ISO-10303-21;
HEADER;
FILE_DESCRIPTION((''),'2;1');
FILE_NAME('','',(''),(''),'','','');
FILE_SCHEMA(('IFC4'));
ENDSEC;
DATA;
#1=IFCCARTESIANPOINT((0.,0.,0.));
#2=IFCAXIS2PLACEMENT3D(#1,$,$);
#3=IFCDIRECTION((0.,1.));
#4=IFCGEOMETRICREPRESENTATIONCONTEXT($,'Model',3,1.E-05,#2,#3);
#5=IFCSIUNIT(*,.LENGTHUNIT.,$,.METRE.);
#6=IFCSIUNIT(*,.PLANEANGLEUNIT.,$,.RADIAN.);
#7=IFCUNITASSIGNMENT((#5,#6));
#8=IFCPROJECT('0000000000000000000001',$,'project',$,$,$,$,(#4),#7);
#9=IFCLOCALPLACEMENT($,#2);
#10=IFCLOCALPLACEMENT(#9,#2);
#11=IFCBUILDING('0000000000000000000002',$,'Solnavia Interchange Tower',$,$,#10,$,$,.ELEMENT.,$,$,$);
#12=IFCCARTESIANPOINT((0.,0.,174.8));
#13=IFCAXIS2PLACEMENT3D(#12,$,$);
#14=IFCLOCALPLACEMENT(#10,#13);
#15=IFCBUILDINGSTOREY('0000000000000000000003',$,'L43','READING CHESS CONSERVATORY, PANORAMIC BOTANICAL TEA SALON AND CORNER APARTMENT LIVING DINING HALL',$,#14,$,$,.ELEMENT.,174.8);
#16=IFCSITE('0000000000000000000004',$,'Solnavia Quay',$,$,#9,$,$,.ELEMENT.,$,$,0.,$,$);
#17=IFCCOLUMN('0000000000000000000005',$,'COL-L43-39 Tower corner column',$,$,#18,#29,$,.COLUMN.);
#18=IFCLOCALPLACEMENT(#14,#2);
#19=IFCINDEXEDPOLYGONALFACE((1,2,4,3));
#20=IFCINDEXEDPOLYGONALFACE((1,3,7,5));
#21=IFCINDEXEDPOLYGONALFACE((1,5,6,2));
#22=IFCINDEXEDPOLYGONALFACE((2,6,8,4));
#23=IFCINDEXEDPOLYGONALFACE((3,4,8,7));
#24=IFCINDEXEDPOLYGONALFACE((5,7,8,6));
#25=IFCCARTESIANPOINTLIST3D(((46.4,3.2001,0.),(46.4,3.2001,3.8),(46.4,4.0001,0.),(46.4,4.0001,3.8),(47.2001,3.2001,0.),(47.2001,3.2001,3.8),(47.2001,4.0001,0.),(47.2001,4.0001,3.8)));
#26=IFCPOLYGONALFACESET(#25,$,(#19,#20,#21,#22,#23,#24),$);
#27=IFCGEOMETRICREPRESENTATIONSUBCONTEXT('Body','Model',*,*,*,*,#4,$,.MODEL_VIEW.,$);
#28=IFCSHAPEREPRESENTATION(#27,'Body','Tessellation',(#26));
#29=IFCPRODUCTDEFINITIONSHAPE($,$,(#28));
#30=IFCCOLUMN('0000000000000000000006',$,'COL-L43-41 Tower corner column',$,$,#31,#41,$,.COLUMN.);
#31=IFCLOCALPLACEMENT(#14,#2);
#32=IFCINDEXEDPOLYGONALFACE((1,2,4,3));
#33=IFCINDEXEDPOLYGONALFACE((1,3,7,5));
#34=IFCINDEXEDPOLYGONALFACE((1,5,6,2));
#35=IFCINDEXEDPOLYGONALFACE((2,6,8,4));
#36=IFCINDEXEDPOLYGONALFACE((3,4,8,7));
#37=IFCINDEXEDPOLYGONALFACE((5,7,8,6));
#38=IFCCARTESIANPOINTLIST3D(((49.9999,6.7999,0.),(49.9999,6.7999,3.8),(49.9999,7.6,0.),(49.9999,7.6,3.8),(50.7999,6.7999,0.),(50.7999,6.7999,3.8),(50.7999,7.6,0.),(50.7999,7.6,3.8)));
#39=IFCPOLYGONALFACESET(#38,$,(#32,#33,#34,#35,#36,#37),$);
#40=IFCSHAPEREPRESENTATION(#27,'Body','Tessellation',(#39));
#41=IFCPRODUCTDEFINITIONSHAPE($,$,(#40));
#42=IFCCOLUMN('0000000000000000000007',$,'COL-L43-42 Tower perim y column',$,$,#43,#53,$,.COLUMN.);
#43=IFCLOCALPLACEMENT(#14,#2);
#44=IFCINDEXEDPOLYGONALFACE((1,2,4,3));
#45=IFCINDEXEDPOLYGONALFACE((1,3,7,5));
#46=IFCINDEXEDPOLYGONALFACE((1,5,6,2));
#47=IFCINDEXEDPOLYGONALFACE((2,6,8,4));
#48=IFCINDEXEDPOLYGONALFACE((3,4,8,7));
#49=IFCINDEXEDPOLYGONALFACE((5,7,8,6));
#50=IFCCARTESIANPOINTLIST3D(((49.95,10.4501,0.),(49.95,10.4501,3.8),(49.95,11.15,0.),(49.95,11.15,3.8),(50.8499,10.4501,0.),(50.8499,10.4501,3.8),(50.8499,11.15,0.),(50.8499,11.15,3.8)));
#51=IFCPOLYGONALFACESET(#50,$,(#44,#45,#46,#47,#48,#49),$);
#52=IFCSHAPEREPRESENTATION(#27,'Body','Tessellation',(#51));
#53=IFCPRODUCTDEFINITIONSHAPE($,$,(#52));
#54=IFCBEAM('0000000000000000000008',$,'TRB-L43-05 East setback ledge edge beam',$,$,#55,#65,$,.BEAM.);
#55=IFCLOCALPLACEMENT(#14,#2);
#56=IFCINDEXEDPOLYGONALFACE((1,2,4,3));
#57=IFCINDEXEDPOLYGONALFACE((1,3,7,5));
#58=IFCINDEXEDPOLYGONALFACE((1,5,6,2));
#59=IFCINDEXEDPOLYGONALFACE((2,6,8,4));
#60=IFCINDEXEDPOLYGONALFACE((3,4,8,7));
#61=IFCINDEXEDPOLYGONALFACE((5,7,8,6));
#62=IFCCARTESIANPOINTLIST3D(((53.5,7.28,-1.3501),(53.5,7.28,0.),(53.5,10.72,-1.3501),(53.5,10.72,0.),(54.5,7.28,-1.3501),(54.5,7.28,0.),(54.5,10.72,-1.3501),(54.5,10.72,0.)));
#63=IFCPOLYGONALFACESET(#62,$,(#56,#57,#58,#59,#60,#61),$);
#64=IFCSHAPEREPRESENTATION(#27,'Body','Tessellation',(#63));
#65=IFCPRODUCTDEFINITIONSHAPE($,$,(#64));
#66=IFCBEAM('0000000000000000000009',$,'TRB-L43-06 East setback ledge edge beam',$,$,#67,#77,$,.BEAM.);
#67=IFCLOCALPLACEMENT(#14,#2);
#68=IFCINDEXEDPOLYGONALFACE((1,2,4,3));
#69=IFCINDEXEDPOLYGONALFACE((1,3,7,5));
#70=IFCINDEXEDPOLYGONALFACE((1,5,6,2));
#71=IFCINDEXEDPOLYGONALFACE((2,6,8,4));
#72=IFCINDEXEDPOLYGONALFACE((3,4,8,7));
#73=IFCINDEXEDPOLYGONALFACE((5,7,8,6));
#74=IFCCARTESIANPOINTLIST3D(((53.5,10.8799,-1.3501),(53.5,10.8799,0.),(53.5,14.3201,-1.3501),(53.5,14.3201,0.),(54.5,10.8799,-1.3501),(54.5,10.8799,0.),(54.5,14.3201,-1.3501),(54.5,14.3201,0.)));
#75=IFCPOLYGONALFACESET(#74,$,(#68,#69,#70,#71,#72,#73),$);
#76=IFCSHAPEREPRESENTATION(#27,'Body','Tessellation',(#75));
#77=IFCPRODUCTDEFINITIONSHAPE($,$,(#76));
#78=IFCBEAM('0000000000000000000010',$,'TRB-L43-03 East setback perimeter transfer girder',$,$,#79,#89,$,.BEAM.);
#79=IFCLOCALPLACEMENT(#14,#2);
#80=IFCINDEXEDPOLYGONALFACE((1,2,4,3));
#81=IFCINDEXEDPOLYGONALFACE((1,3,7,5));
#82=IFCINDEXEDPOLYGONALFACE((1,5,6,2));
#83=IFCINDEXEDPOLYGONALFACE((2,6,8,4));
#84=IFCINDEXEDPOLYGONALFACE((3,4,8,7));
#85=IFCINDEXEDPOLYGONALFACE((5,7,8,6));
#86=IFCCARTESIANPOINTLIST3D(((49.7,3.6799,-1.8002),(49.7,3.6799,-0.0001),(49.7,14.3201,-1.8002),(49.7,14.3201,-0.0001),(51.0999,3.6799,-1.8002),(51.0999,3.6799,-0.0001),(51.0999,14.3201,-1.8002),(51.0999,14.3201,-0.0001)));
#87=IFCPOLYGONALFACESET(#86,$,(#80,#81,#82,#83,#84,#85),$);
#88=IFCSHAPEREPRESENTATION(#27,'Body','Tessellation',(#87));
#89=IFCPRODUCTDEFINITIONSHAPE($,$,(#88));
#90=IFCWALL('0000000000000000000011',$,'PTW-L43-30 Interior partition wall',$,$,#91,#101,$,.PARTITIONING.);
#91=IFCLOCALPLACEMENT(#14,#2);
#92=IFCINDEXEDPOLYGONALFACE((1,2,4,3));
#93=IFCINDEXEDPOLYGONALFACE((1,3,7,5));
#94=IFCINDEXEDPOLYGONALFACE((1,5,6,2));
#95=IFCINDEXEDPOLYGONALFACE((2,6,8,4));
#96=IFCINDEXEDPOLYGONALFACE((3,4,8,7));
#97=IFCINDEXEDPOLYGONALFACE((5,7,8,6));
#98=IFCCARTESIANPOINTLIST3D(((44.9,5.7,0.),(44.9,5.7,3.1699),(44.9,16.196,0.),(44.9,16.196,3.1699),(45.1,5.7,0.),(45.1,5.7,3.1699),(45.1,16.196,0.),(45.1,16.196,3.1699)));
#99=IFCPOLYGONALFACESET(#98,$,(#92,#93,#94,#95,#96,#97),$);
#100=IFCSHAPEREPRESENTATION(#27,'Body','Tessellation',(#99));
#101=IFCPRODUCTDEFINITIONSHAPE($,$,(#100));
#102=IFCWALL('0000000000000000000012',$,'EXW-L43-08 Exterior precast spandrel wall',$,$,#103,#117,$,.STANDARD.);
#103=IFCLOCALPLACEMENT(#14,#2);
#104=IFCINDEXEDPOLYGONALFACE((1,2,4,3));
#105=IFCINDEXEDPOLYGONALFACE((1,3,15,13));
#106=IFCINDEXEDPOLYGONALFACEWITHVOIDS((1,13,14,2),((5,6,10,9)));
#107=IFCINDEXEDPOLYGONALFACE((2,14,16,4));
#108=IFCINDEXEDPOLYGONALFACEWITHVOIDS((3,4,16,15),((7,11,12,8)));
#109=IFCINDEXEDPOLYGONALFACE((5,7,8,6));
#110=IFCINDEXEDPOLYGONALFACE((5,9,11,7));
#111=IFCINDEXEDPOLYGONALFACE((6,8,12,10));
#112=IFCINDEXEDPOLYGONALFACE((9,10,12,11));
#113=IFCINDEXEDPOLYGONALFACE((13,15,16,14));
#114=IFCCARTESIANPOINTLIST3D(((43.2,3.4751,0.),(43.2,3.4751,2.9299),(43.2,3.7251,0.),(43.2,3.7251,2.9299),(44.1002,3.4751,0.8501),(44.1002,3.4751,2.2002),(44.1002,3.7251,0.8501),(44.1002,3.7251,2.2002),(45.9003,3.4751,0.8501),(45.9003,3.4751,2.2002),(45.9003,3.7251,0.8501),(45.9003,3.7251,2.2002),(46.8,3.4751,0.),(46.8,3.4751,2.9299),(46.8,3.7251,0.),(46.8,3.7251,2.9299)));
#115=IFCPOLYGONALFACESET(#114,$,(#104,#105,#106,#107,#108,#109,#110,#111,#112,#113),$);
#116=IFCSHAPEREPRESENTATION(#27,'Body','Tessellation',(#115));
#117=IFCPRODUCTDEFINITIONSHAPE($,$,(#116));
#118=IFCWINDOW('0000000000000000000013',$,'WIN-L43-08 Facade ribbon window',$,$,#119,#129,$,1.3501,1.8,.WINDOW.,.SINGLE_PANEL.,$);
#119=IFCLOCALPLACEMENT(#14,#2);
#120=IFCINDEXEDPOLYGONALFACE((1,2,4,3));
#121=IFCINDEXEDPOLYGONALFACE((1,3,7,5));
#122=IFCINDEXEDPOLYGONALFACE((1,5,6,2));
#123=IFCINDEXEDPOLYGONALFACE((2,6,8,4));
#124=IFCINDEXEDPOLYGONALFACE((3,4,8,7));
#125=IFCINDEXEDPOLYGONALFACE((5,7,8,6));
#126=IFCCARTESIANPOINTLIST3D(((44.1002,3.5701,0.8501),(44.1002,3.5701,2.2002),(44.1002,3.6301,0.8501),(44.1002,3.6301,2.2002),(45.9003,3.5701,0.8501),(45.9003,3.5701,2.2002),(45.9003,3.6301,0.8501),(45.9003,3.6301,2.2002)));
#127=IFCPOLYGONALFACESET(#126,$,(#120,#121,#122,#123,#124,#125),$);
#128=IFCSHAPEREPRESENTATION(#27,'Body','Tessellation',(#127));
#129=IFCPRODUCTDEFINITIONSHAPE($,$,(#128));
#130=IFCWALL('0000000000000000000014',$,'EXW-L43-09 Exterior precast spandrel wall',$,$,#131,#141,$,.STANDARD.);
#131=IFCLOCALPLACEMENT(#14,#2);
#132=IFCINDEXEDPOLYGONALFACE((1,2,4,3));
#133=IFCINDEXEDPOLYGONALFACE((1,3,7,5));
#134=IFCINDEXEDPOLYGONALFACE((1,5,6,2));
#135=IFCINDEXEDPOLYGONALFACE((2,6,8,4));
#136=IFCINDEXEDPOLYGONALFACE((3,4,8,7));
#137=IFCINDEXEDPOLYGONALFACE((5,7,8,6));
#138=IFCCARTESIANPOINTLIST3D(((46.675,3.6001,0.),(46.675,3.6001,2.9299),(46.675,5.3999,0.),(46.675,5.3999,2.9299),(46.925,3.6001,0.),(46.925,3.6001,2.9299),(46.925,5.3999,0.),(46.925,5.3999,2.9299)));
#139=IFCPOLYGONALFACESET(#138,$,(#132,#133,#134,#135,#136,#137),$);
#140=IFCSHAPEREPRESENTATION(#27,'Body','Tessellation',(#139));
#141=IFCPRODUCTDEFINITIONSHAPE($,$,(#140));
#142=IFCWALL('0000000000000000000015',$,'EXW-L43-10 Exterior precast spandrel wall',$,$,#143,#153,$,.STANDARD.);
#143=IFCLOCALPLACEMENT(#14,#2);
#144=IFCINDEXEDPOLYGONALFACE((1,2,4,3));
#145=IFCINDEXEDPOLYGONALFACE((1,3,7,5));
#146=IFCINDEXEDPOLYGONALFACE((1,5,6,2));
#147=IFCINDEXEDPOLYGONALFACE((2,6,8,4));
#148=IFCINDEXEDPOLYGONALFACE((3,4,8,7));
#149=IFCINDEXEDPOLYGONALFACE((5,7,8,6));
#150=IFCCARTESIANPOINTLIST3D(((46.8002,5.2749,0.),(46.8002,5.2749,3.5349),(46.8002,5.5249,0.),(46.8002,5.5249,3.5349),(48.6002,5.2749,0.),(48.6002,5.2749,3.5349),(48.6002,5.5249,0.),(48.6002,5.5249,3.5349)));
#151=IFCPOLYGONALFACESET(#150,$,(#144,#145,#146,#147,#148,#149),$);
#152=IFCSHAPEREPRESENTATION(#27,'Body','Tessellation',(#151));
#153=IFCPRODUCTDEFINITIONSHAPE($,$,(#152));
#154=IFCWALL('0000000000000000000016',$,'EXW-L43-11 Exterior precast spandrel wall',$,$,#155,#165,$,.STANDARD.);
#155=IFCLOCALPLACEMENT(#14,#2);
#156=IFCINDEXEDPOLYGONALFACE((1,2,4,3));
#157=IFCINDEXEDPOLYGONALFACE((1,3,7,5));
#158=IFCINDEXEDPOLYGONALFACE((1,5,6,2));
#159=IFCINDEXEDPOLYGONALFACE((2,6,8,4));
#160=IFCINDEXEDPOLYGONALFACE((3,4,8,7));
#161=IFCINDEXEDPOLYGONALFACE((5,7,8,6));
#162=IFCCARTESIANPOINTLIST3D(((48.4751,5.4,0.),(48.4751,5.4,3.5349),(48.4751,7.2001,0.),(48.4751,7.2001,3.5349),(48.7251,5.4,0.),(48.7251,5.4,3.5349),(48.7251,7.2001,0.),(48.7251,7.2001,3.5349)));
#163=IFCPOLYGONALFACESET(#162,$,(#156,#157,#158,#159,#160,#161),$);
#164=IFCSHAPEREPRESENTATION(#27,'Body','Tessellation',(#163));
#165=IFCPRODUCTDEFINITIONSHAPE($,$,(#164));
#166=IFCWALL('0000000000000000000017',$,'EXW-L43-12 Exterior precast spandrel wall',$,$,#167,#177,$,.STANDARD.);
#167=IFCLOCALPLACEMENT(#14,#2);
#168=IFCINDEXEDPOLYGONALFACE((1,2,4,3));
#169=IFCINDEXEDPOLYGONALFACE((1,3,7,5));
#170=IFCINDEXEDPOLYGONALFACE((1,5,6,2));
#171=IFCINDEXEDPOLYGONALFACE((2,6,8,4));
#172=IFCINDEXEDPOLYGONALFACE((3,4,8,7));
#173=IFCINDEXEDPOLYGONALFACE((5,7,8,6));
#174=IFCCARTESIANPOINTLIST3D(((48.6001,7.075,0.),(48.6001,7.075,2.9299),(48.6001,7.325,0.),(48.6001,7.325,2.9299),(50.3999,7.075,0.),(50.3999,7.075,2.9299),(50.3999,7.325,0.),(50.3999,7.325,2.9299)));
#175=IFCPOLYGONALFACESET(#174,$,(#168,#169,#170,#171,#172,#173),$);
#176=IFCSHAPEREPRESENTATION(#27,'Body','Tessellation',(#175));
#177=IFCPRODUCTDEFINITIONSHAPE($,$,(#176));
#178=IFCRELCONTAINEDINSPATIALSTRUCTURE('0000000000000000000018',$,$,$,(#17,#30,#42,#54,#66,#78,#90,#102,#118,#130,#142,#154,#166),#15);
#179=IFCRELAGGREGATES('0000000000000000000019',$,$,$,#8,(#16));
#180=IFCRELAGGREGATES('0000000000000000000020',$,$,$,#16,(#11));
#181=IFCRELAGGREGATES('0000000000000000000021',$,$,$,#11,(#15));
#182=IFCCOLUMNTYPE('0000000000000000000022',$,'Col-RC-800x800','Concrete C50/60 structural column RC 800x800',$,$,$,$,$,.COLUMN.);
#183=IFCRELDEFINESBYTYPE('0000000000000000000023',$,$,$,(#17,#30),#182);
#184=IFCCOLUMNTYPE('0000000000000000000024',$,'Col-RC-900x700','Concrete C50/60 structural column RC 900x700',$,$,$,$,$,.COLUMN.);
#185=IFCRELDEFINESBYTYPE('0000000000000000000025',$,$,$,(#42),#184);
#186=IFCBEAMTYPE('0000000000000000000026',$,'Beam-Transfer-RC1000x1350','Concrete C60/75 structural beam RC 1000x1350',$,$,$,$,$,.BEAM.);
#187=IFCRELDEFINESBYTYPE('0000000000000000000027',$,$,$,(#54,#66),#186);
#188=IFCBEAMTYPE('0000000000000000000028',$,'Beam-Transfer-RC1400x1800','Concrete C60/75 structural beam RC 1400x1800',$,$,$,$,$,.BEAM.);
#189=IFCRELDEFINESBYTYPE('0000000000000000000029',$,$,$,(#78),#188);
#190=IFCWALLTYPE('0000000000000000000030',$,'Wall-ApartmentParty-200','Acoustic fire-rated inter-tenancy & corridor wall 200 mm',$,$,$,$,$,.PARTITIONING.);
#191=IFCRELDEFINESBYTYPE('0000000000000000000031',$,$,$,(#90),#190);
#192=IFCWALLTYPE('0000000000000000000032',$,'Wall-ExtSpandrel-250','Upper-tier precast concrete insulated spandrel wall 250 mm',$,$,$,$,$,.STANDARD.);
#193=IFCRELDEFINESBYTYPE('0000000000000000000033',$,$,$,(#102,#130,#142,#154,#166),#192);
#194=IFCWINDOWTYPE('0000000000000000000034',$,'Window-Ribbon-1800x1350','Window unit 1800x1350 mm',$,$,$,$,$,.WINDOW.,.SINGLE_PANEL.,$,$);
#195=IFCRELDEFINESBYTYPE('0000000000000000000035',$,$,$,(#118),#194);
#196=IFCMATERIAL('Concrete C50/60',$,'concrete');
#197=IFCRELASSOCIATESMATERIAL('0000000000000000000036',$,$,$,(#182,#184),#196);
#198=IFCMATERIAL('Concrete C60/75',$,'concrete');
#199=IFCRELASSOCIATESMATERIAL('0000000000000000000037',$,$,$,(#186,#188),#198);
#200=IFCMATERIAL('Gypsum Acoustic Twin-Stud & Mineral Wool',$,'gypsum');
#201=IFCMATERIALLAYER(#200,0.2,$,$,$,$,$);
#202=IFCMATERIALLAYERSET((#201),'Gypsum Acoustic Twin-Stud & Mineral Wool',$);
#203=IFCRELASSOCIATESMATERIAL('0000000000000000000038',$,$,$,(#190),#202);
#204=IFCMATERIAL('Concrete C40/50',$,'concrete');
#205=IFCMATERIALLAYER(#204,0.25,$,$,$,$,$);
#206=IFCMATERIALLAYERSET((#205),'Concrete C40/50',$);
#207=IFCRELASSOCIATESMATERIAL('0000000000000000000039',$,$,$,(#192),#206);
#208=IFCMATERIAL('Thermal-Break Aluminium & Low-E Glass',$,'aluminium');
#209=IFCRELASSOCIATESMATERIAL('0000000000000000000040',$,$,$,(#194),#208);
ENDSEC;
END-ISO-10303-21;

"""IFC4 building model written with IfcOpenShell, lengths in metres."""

from ifc_helpers import new_model, si_unit, direction, frame, frame_2d, origin, origin_2d, place, context, subcontext, project, spatial, rectangle, extrude, material, layer, layer_set, material_profile, profile_set, type_object, element, fill, save


model = new_model("IFC4")

# Units and contexts
model_context = context("Model", 3, precision=1e-05, world=origin(), true_north=direction((0.0, 1.0)))
body_context = subcontext(model_context, "Body", "Model", "MODEL_VIEW")
ifc_project = project(units=[si_unit("LENGTHUNIT", "METRE"), si_unit("PLANEANGLEUNIT", "RADIAN")], contexts=[model_context])

# Site, building, storey
site_placement = place(None, origin())
site = spatial("IfcSite", under=ifc_project, at=site_placement, Name="Solnavia Quay", CompositionType="ELEMENT", RefElevation=0.0)
building_placement = place(site_placement, origin())
building = spatial("IfcBuilding", under=site, at=building_placement, Name="Solnavia Interchange Tower", CompositionType="ELEMENT")
storey_placement = place(building_placement, frame((0.0, 0.0, 174.8)))
storey = spatial("IfcBuildingStorey", under=building, at=storey_placement, Name="L43", Description="READING CHESS CONSERVATORY, PANORAMIC BOTANICAL TEA SALON AND CORNER APARTMENT LIVING DINING HALL", CompositionType="ELEMENT", Elevation=174.8)

# Columns
ifc_material_1 = material(Name="Concrete C50/60", Category="concrete")
ifc_material_profile_1 = material_profile(ifc_material_1, rectangle(XDim=0.8, YDim=0.8, at=origin_2d()), Name="RC 800x800")
ifc_profile_set_1 = profile_set([ifc_material_profile_1], Name="Concrete C50/60")
column_type_1 = type_object("IfcColumnType", Name="Col-RC-800x800", Description="Concrete C50/60 structural column RC 800x800", PredefinedType="COLUMN", material=ifc_profile_set_1)
for number, where, z_axis, x_axis, name in (
    (1, (46.8, 3.6001, 0.0), (0.0, 0.0, 1.0), (1.0, 0.0, 0.0), "COL-L43-39 Tower corner column"),
    (2, (50.3999, 7.2, 0.0), (0.0, 0.0, 1.0), (1.0, 0.0, 0.0), "COL-L43-41 Tower corner column"),
):
    element("IfcColumn", number, at=place(storey_placement, frame(where, z_axis=z_axis, x_axis=x_axis)), inside=storey, type_object=column_type_1, Name=name, PredefinedType="COLUMN", context=body_context, shape_type="SweptSolid", body=[
        extrude(rectangle(XDim=0.8, YDim=0.8, at=origin_2d()), origin(), (0.0, 0.0, 1.0), 3.8),
    ])
ifc_material_profile_2 = material_profile(ifc_material_1, rectangle(XDim=0.7, YDim=0.8999, at=origin_2d()), Name="RC 900x700")
ifc_profile_set_2 = profile_set([ifc_material_profile_2], Name="Concrete C50/60")
column_type_2 = type_object("IfcColumnType", Name="Col-RC-900x700", Description="Concrete C50/60 structural column RC 900x700", PredefinedType="COLUMN", material=ifc_profile_set_2)
column_placement = place(storey_placement, frame((50.3999, 10.8, 0.0), z_axis=(0.0, 0.0, 1.0), x_axis=(0.0, 1.0, 0.0)))
element("IfcColumn", 3, at=column_placement, inside=storey, type_object=column_type_2, Name="COL-L43-42 Tower perim y column", PredefinedType="COLUMN", context=body_context, shape_type="SweptSolid", body=[
    extrude(rectangle(XDim=0.7, YDim=0.8999, at=origin_2d()), origin(), (0.0, 0.0, 1.0), 3.8),
])

# Beams
ifc_material_2 = material(Name="Concrete C60/75", Category="concrete")
ifc_material_profile_3 = material_profile(ifc_material_2, rectangle(XDim=1.0, YDim=1.3501, at=origin_2d()), Name="RC 1000x1350")
ifc_profile_set_3 = profile_set([ifc_material_profile_3], Name="Concrete C60/75")
beam_type_1 = type_object("IfcBeamType", Name="Beam-Transfer-RC1000x1350", Description="Concrete C60/75 structural beam RC 1000x1350", PredefinedType="BEAM", material=ifc_profile_set_3)
beam_1_placement = place(storey_placement, frame((54.0, 7.28, -0.675), z_axis=(0.0, 1.0, 0.0), x_axis=(-1.0, 0.0, 0.0)))
element("IfcBeam", 4, at=beam_1_placement, inside=storey, type_object=beam_type_1, Name="TRB-L43-05 East setback ledge edge beam", PredefinedType="BEAM", context=body_context, shape_type="SweptSolid", body=[
    extrude(rectangle(XDim=1.0, YDim=1.3501, at=origin_2d()), origin(), (0.0, 0.0, 1.0), 3.4399),
])
beam_2_placement = place(storey_placement, frame((54.0, 10.8799, -0.675), z_axis=(0.0, 1.0, 0.0), x_axis=(-1.0, 0.0, 0.0)))
element("IfcBeam", 5, at=beam_2_placement, inside=storey, type_object=beam_type_1, Name="TRB-L43-06 East setback ledge edge beam", PredefinedType="BEAM", context=body_context, shape_type="SweptSolid", body=[
    extrude(rectangle(XDim=1.0, YDim=1.3501, at=origin_2d()), origin(), (0.0, 0.0, 1.0), 3.4402),
])
ifc_material_profile_4 = material_profile(ifc_material_2, rectangle(XDim=1.3999, YDim=1.8, at=origin_2d()), Name="RC 1400x1800")
ifc_profile_set_4 = profile_set([ifc_material_profile_4], Name="Concrete C60/75")
beam_type_2 = type_object("IfcBeamType", Name="Beam-Transfer-RC1400x1800", Description="Concrete C60/75 structural beam RC 1400x1800", PredefinedType="BEAM", material=ifc_profile_set_4)
beam_3_placement = place(storey_placement, frame((50.3999, 3.6799, -0.9001), z_axis=(0.0, 1.0, 0.0), x_axis=(-1.0, 0.0, 0.0)))
element("IfcBeam", 6, at=beam_3_placement, inside=storey, type_object=beam_type_2, Name="TRB-L43-03 East setback perimeter transfer girder", PredefinedType="BEAM", context=body_context, shape_type="SweptSolid", body=[
    extrude(rectangle(XDim=1.3999, YDim=1.8, at=origin_2d()), origin(), (0.0, 0.0, 1.0), 10.6401),
])

# Wall
ifc_material_3 = material(Name="Gypsum Acoustic Twin-Stud & Mineral Wool", Category="gypsum")
ifc_layer_1 = layer(ifc_material_3, 0.2)
ifc_layer_set_1 = layer_set([ifc_layer_1], Name="Gypsum Acoustic Twin-Stud & Mineral Wool")
wall_type_1 = type_object("IfcWallType", Name="Wall-ApartmentParty-200", Description="Acoustic fire-rated inter-tenancy & corridor wall 200 mm", PredefinedType="PARTITIONING", material=ifc_layer_set_1)
wall_1_placement = place(storey_placement, frame((45.0, 5.7, 0.0), z_axis=(0.0, 0.0, 1.0), x_axis=(0.0, 1.0, 0.0)))
element("IfcWall", 7, at=wall_1_placement, inside=storey, type_object=wall_type_1, Name="PTW-L43-30 Interior partition wall", PredefinedType="PARTITIONING", context=body_context, shape_type="SweptSolid", body=[
    extrude(rectangle(XDim=10.4961, YDim=0.2, at=frame_2d((5.248, 0.0))), origin(), (0.0, 0.0, 1.0), 3.1699),
])

# Wall, opening, window
ifc_material_4 = material(Name="Concrete C40/50", Category="concrete")
ifc_layer_2 = layer(ifc_material_4, 0.25)
ifc_layer_set_2 = layer_set([ifc_layer_2], Name="Concrete C40/50")
wall_type_2 = type_object("IfcWallType", Name="Wall-ExtSpandrel-250", Description="Upper-tier precast concrete insulated spandrel wall 250 mm", PredefinedType="STANDARD", material=ifc_layer_set_2)
wall_2_placement = place(storey_placement, frame((46.8, 3.6001, 0.0), z_axis=(0.0, 0.0, 1.0), x_axis=(-1.0, 0.0, 0.0)))
wall_2 = element("IfcWall", 8, at=wall_2_placement, inside=storey, type_object=wall_type_2, Name="EXW-L43-08 Exterior precast spandrel wall", PredefinedType="STANDARD", context=body_context, shape_type="SweptSolid", body=[
    extrude(rectangle(XDim=3.6001, YDim=0.25, at=frame_2d((1.8, 0.0))), origin(), (0.0, 0.0, 1.0), 2.9299),
])
opening_1_placement = place(wall_2_placement, frame((0.8999, 0.0, 0.8501)))
opening_1 = element("IfcOpeningElement", 9, at=opening_1_placement, cuts=wall_2, PredefinedType="OPENING", context=body_context, shape_type="SweptSolid", body=[
    extrude(rectangle(XDim=1.8, YDim=1.3501, at=frame_2d((0.8999, 0.675))), frame((0.0, 0.135, 0.0), z_axis=(0.0, -1.0, 0.0), x_axis=(1.0, 0.0, 0.0)), (0.0, 0.0, 1.0), 0.27),
])
ifc_material_5 = material(Name="Thermal-Break Aluminium & Low-E Glass", Category="aluminium")
window_type = type_object("IfcWindowType", Name="Window-Ribbon-1800x1350", Description="Window unit 1800x1350 mm", PartitioningType="SINGLE_PANEL", PredefinedType="WINDOW", material=ifc_material_5)
window_1_placement = place(opening_1_placement, origin())
window_1 = element("IfcWindow", 10, at=window_1_placement, inside=storey, type_object=window_type, Name="WIN-L43-08 Facade ribbon window", OverallHeight=1.3501, OverallWidth=1.8, PartitioningType="SINGLE_PANEL", PredefinedType="WINDOW", context=body_context, shape_type="SweptSolid", body=[
    extrude(rectangle(XDim=1.8, YDim=1.3501, at=frame_2d((0.8999, 0.675))), frame((0.0, 0.03, 0.0), z_axis=(0.0, -1.0, 0.0), x_axis=(1.0, 0.0, 0.0)), (0.0, 0.0, 1.0), 0.0601),
])
fill(opening_1, window_1)

# Walls
wall_3_placement = place(storey_placement, frame((46.8, 5.3999, 0.0), z_axis=(0.0, 0.0, 1.0), x_axis=(0.0, -1.0, 0.0)))
element("IfcWall", 11, at=wall_3_placement, inside=storey, type_object=wall_type_2, Name="EXW-L43-09 Exterior precast spandrel wall", PredefinedType="STANDARD", context=body_context, shape_type="SweptSolid", body=[
    extrude(rectangle(XDim=1.7998, YDim=0.25, at=frame_2d((0.8999, 0.0))), origin(), (0.0, 0.0, 1.0), 2.9299),
])
for number, where, z_axis, x_axis, name in (
    (12, (48.6001, 5.3999, 0.0), (0.0, 0.0, 1.0), (-1.0, 0.0, 0.0), "EXW-L43-10 Exterior precast spandrel wall"),
    (13, (48.6001, 7.2, 0.0), (0.0, 0.0, 1.0), (0.0, -1.0, 0.0), "EXW-L43-11 Exterior precast spandrel wall"),
):
    element("IfcWall", number, at=place(storey_placement, frame(where, z_axis=z_axis, x_axis=x_axis)), inside=storey, type_object=wall_type_2, Name=name, PredefinedType="STANDARD", context=body_context, shape_type="SweptSolid", body=[
        extrude(rectangle(XDim=1.8, YDim=0.25, at=frame_2d((0.8999, 0.0))), origin(), (0.0, 0.0, 1.0), 3.5349),
    ])
wall_4_placement = place(storey_placement, frame((50.3999, 7.2, 0.0), z_axis=(0.0, 0.0, 1.0), x_axis=(-1.0, 0.0, 0.0)))
element("IfcWall", 14, at=wall_4_placement, inside=storey, type_object=wall_type_2, Name="EXW-L43-12 Exterior precast spandrel wall", PredefinedType="STANDARD", context=body_context, shape_type="SweptSolid", body=[
    extrude(rectangle(XDim=1.7998, YDim=0.25, at=frame_2d((0.8999, 0.0))), origin(), (0.0, 0.0, 1.0), 2.9299),
])

save(model, "model.ifc")
